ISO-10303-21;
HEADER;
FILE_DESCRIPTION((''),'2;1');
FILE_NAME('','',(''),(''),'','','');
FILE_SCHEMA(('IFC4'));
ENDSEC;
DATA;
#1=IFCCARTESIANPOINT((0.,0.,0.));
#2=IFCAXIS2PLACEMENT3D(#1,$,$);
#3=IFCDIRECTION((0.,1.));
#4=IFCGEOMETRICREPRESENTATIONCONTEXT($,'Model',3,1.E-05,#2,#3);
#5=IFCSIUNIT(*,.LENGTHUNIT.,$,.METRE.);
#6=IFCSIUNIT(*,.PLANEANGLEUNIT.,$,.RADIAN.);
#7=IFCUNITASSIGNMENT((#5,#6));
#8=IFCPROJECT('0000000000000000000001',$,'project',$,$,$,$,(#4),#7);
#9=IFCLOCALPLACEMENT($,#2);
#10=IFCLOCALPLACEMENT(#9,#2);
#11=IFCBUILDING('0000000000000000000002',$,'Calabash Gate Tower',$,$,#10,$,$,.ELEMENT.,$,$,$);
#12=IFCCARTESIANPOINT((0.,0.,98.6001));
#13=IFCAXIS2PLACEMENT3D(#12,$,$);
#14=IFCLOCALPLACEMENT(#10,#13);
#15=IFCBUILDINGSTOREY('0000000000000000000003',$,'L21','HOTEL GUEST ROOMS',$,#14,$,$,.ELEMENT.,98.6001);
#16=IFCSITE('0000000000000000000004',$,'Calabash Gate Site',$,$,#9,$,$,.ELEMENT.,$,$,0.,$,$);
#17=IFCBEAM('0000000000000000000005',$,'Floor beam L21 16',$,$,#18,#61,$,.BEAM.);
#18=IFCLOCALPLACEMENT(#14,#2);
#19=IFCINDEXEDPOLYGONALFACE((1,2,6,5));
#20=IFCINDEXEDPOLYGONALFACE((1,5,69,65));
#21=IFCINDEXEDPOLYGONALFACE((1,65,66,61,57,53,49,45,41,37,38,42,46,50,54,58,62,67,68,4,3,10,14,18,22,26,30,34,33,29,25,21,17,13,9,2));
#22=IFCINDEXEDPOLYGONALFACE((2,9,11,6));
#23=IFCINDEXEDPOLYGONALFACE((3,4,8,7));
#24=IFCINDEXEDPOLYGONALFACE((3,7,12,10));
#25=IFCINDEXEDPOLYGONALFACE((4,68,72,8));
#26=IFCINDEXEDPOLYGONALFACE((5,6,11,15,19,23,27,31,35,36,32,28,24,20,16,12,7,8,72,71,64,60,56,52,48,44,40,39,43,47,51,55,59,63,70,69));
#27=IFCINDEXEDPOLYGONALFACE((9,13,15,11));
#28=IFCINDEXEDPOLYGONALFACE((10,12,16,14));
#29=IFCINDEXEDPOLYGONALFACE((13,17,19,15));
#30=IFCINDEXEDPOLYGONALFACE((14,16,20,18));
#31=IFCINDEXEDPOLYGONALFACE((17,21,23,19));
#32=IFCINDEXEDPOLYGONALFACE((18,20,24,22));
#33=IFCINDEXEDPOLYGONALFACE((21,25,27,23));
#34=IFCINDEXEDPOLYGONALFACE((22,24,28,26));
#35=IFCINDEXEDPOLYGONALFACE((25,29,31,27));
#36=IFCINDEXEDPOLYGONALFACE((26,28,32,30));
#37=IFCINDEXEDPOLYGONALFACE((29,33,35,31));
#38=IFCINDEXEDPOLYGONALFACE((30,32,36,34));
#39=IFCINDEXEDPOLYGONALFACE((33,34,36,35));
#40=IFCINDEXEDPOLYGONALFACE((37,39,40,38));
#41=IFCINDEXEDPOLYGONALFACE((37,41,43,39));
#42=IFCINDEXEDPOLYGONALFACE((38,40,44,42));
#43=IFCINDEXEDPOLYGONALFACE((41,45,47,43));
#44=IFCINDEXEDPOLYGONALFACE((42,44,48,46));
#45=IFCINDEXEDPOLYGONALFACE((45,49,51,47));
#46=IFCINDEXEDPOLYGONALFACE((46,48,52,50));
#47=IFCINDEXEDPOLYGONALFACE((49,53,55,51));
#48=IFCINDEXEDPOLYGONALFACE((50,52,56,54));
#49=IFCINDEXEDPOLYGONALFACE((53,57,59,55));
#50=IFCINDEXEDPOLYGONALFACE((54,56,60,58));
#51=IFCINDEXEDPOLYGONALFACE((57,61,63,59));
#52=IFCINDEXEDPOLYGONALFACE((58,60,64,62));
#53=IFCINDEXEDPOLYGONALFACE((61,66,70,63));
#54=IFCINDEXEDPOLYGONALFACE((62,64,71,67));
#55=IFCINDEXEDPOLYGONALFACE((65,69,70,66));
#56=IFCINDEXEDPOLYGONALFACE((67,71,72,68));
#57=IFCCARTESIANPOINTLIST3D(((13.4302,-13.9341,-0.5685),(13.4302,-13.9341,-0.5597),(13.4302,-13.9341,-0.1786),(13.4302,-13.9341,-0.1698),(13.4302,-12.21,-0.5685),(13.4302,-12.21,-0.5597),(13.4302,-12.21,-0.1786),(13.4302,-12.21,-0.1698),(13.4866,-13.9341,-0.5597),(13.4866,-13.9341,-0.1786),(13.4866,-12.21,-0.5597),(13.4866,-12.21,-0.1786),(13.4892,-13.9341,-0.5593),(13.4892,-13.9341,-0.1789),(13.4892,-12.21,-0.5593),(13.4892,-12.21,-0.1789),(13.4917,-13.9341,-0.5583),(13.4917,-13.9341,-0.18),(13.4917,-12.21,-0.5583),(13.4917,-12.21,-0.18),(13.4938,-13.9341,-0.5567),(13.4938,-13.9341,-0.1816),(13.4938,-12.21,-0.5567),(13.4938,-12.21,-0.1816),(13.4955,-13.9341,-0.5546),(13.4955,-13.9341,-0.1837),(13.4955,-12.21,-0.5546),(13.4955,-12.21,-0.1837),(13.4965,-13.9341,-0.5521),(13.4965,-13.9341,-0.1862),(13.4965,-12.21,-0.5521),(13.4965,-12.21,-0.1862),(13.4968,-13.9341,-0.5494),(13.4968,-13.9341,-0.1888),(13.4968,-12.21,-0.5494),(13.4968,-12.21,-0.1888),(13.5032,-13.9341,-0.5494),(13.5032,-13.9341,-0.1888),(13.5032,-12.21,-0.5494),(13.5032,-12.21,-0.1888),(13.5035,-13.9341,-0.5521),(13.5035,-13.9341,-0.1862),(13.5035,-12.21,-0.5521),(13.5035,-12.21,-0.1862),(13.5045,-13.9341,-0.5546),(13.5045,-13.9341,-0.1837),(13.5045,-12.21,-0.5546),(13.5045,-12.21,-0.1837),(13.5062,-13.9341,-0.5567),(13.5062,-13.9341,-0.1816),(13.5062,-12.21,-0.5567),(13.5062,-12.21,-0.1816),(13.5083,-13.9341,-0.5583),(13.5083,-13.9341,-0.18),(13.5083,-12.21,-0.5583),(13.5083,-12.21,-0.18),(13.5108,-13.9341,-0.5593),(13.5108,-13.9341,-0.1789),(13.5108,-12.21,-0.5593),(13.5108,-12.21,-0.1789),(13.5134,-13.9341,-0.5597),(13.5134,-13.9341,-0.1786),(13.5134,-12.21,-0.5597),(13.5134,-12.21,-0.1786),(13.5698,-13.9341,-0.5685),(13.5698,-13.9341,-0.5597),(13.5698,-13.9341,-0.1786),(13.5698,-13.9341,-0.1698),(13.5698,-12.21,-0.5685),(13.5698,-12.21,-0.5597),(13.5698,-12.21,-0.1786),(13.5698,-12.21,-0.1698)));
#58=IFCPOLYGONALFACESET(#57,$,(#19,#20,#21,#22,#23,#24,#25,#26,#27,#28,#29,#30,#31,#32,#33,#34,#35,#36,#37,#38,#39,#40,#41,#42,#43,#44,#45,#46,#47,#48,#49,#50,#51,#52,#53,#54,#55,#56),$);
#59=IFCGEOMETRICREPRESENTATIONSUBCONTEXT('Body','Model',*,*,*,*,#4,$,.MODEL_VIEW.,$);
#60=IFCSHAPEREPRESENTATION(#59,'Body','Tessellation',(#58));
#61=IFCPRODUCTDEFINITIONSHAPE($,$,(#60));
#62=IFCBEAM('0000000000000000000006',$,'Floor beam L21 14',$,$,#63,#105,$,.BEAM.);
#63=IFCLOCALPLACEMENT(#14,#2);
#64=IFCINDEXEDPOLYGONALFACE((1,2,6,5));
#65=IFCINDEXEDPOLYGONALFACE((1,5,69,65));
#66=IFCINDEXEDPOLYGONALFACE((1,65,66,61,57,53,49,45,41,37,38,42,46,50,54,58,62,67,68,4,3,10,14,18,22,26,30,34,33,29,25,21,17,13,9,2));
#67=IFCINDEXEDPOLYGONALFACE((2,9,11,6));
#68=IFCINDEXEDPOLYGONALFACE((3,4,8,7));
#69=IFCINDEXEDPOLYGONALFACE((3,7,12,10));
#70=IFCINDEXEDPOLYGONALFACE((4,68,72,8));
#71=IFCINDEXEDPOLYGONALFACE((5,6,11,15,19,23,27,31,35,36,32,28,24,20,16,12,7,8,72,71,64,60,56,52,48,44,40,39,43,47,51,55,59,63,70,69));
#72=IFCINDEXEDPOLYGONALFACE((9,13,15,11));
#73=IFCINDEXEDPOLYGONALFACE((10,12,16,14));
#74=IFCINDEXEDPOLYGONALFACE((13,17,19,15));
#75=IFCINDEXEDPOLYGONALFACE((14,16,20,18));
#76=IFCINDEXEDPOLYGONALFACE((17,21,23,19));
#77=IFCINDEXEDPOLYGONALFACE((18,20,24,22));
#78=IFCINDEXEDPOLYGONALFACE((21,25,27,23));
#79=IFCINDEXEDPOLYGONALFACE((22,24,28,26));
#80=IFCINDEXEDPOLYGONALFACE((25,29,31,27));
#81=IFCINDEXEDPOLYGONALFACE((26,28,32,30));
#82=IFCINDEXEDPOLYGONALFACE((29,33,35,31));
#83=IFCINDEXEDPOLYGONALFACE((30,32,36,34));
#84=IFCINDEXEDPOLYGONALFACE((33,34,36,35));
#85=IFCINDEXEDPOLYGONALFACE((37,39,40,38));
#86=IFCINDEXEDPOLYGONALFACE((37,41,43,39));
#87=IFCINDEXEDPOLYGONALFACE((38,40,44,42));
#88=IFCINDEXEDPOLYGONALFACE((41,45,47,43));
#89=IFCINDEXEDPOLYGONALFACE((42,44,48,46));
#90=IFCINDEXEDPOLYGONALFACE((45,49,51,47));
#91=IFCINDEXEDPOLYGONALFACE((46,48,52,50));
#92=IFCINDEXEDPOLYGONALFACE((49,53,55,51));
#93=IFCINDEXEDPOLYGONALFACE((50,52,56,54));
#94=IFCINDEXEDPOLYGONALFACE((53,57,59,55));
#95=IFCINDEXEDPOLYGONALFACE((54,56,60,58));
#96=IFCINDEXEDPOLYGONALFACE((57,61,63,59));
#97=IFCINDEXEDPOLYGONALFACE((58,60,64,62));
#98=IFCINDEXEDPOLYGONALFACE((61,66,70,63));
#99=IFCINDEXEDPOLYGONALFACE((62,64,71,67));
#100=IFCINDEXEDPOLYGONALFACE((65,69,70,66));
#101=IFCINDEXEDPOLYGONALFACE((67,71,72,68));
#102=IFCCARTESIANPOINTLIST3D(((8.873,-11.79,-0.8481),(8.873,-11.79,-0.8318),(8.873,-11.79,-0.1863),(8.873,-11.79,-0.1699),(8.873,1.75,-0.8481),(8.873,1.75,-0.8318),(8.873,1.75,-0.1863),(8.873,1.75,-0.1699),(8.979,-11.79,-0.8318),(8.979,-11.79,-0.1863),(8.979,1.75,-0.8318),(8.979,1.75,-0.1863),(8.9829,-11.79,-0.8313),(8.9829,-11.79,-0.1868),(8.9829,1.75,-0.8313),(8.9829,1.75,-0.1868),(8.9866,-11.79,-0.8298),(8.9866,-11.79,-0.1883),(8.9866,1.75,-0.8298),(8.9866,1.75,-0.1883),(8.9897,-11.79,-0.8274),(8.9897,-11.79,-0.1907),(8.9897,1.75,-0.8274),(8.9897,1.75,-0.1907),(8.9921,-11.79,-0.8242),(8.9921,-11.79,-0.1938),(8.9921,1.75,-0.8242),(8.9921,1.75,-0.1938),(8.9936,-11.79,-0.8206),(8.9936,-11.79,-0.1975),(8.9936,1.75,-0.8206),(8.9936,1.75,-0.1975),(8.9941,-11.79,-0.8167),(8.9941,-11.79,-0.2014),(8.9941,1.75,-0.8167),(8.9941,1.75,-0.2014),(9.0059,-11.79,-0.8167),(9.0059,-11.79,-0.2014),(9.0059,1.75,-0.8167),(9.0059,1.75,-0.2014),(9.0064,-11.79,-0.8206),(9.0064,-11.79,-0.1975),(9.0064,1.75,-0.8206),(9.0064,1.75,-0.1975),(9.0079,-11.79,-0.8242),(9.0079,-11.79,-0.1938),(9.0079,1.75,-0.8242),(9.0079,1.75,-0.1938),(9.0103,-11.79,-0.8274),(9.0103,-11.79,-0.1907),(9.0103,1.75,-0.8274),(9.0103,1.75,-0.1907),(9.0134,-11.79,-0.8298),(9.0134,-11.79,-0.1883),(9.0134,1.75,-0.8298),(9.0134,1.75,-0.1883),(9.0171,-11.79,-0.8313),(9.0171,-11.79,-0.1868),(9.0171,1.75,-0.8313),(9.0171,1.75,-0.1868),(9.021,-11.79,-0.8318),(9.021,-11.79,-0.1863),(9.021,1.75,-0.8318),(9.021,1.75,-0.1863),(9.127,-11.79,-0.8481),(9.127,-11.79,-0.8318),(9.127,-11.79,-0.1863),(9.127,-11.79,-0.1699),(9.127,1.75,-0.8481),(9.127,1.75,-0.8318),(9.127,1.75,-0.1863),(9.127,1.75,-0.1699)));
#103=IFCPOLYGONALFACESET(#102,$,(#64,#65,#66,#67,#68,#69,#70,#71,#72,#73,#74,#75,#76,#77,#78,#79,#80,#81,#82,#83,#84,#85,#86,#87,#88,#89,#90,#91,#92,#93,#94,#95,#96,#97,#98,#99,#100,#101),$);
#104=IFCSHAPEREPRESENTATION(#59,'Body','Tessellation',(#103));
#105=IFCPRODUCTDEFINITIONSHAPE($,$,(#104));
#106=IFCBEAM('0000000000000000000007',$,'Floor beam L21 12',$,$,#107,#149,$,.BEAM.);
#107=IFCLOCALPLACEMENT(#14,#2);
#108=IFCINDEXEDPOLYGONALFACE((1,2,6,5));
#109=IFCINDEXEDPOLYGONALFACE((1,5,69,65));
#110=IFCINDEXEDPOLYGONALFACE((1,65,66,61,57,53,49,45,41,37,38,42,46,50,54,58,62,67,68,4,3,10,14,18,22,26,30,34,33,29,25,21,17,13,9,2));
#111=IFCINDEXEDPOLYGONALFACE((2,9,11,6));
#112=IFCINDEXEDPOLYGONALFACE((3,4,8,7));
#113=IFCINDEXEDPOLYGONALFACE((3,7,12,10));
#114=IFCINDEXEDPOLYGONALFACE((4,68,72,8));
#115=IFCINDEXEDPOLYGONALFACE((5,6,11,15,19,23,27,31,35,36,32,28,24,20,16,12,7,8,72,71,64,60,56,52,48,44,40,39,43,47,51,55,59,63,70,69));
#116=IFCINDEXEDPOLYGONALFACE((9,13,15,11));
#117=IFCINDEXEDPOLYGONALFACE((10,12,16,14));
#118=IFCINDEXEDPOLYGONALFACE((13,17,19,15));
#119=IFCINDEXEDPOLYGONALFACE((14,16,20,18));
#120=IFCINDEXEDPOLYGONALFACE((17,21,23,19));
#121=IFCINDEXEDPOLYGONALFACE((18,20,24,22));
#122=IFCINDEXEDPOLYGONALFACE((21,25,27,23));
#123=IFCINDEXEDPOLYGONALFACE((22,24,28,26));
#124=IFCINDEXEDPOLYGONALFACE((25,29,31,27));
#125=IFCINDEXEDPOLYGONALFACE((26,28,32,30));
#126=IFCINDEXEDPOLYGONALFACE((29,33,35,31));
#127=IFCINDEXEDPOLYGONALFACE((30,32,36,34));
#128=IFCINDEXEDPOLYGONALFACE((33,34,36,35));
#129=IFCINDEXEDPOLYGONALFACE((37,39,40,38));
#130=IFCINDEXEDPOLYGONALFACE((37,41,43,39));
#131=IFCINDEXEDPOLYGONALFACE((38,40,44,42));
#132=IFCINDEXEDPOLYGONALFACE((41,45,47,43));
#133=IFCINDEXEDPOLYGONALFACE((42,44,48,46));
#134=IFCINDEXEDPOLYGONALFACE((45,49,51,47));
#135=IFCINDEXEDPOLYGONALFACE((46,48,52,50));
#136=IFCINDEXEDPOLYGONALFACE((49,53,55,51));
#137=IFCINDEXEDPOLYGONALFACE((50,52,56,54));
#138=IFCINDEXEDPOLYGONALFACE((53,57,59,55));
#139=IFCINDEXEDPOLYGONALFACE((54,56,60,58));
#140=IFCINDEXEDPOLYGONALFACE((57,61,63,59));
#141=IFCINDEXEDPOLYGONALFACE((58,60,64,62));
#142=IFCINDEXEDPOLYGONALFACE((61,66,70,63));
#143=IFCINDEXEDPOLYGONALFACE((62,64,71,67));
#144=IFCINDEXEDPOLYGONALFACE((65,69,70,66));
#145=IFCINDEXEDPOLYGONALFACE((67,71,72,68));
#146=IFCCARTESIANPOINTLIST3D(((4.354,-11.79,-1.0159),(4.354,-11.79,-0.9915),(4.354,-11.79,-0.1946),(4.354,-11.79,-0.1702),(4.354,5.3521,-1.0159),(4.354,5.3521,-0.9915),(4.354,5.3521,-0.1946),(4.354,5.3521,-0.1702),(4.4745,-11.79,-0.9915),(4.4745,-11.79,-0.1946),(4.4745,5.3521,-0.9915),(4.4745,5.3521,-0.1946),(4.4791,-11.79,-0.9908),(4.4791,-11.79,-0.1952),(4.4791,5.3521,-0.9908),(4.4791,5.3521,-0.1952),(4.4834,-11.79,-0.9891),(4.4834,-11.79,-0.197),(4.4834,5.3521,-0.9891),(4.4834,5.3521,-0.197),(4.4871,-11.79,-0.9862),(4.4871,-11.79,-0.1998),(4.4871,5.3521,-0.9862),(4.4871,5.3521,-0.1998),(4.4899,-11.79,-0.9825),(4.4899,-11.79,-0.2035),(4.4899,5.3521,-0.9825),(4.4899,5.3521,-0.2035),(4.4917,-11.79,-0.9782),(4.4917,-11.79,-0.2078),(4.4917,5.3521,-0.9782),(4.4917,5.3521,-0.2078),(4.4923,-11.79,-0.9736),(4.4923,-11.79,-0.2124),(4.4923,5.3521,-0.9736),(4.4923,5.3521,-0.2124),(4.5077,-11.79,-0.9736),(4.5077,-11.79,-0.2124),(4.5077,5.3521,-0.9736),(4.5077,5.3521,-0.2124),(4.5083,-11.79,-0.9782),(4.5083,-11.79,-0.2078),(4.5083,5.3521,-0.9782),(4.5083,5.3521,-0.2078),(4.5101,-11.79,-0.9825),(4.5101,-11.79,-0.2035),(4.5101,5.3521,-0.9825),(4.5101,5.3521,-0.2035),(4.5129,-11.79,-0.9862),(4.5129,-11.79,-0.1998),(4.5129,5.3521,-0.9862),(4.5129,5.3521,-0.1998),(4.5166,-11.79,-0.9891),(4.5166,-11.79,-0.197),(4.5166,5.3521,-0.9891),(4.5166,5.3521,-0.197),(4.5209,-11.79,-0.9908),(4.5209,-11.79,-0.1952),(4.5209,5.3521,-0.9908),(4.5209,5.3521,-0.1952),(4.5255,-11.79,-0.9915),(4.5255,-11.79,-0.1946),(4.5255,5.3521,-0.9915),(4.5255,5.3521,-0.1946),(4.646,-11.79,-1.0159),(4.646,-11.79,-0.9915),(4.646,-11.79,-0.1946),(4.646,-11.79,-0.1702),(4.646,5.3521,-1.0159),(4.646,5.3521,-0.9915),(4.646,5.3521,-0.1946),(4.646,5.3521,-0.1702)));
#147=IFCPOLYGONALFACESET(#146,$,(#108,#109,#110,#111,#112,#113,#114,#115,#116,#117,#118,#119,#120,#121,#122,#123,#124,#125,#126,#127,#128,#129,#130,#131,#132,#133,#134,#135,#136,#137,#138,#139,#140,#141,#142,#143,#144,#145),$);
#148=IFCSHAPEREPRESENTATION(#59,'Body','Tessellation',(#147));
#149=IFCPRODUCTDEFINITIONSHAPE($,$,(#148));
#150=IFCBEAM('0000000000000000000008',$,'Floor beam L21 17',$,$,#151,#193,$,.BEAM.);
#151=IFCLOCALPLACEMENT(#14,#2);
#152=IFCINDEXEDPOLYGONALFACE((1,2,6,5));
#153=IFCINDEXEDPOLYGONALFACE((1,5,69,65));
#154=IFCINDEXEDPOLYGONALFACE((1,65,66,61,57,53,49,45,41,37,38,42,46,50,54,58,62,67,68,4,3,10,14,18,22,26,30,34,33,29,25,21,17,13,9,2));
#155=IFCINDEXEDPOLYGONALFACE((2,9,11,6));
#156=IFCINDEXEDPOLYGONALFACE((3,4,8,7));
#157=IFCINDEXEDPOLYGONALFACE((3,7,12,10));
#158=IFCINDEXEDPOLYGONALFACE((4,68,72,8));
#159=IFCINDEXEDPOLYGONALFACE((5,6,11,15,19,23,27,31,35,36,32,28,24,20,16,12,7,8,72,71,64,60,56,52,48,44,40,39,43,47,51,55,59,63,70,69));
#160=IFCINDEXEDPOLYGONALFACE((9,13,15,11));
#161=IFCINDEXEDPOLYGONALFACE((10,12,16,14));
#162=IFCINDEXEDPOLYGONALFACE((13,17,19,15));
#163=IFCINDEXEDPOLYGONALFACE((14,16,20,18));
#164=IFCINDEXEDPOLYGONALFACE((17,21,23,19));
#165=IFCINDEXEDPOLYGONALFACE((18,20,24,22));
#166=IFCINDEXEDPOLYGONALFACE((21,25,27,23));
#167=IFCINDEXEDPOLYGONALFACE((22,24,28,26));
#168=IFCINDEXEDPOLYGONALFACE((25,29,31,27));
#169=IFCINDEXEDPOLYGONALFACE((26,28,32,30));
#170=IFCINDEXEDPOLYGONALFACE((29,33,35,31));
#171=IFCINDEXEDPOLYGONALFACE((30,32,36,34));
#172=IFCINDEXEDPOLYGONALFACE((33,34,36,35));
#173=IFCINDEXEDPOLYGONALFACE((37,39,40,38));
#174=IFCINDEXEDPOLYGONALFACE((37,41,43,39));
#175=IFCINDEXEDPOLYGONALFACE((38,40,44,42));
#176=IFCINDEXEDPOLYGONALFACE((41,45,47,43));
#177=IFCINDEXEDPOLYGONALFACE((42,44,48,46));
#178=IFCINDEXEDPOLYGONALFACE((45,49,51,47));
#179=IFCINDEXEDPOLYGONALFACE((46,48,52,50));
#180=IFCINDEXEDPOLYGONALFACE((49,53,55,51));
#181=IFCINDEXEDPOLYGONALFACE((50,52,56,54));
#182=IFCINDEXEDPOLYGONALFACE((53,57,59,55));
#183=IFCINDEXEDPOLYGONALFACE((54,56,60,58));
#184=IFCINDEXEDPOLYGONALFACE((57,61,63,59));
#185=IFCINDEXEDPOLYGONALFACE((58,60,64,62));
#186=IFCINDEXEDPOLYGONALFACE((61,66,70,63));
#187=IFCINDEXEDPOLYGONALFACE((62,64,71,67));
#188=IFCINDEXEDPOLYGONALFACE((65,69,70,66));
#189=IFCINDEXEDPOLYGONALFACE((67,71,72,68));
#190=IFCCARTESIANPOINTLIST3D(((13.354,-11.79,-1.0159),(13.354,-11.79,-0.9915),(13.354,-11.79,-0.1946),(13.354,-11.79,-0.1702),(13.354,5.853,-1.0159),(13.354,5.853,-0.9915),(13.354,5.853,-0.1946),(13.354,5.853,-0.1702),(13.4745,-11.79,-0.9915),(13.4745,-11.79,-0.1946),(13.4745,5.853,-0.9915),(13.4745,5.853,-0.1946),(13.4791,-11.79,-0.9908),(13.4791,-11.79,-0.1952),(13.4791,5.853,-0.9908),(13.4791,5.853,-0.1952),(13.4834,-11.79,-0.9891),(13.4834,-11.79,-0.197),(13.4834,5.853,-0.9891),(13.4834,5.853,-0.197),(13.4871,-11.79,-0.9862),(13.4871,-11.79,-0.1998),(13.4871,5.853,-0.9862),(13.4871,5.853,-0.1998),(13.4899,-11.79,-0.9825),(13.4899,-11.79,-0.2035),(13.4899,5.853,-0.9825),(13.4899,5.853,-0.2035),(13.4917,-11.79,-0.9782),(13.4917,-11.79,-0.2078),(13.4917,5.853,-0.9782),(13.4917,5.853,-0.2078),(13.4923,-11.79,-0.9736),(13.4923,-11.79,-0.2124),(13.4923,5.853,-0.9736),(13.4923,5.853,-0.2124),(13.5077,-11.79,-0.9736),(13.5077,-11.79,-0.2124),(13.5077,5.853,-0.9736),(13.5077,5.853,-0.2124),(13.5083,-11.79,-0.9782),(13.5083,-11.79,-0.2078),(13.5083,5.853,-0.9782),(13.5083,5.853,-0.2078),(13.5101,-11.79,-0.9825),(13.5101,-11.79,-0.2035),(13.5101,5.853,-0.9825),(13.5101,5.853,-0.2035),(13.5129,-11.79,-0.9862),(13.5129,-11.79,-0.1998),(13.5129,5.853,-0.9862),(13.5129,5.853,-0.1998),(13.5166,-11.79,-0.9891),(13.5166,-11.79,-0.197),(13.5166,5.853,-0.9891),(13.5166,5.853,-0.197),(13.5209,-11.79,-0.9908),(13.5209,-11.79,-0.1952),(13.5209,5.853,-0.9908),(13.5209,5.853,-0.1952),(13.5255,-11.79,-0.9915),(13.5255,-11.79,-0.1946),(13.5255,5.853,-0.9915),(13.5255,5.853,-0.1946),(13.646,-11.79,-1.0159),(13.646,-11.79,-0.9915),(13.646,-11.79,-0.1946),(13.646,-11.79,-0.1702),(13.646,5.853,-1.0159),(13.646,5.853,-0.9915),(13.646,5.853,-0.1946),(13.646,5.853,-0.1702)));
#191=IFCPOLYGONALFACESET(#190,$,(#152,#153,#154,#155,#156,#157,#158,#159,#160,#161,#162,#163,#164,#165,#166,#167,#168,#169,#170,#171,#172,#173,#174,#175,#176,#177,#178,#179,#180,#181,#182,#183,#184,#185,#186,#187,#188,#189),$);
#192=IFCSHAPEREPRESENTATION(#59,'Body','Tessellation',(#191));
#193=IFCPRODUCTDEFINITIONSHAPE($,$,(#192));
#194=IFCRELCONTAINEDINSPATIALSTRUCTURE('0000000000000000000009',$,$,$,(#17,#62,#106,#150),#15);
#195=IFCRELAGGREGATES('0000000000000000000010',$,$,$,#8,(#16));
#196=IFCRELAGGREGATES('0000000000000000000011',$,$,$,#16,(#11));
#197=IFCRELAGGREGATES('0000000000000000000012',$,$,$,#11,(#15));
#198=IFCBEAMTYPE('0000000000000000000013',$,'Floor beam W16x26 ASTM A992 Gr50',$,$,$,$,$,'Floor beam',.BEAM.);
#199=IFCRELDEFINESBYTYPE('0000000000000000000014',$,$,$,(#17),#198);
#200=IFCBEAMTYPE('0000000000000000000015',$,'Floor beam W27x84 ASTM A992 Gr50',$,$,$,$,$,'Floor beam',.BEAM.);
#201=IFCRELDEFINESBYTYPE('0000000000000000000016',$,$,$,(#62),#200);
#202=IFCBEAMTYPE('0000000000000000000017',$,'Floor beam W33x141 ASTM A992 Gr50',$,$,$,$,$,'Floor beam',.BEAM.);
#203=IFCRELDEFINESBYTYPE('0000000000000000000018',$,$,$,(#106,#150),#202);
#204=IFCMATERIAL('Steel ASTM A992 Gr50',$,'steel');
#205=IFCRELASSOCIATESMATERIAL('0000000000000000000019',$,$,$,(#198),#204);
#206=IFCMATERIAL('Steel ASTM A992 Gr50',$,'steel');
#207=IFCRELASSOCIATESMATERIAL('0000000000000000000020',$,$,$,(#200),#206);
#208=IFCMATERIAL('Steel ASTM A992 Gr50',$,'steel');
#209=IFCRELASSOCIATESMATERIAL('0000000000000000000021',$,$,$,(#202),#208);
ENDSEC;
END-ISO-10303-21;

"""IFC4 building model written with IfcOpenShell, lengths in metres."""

from ifc_helpers import new_model, si_unit, direction, frame, origin, origin_2d, place, context, subcontext, project, spatial, i_section, extrude, material, material_profile, profile_set, type_object, element, save


model = new_model("IFC4")

# Units and contexts
model_context = context("Model", 3, precision=1e-05, world=origin(), true_north=direction((0.0, 1.0)))
body_context = subcontext(model_context, "Body", "Model", "MODEL_VIEW")
ifc_project = project(units=[si_unit("LENGTHUNIT", "METRE"), si_unit("PLANEANGLEUNIT", "RADIAN")], contexts=[model_context])

# Site, building, storey
site_placement = place(None, origin())
site = spatial("IfcSite", under=ifc_project, at=site_placement, Name="Calabash Gate Site", CompositionType="ELEMENT", RefElevation=0.0)
building_placement = place(site_placement, origin())
building = spatial("IfcBuilding", under=site, at=building_placement, Name="Calabash Gate Tower", CompositionType="ELEMENT")
storey_placement = place(building_placement, frame((0.0, 0.0, 98.6001)))
storey = spatial("IfcBuildingStorey", under=building, at=storey_placement, Name="L21", Description="HOTEL GUEST ROOMS", CompositionType="ELEMENT", Elevation=98.6001)

# Beams
ifc_material_1 = material(Name="Steel ASTM A992 Gr50", Category="steel")
ifc_material_profile_1 = material_profile(ifc_material_1, i_section(OverallWidth=0.1396, OverallDepth=0.3987, WebThickness=0.0063, FlangeThickness=0.0088, FilletRadius=0.0103, at=origin_2d()))
ifc_profile_set_1 = profile_set([ifc_material_profile_1], Name="Steel ASTM A992 Gr50")
beam_type_1 = type_object("IfcBeamType", Name="Floor beam W16x26 ASTM A992 Gr50", ElementType="Floor beam", PredefinedType="BEAM", material=ifc_profile_set_1)
beam_1_placement = place(storey_placement, frame((13.5, -13.9341, -0.3691), z_axis=(0.0, 1.0, 0.0), x_axis=(-1.0, 0.0, 0.0)))
element("IfcBeam", 1, at=beam_1_placement, inside=storey, type_object=beam_type_1, Name="Floor beam L21 16", PredefinedType="BEAM", context=body_context, shape_type="SweptSolid", body=[
    extrude(i_section(OverallWidth=0.1396, OverallDepth=0.3987, WebThickness=0.0063, FlangeThickness=0.0088, FilletRadius=0.0103, at=origin_2d()), origin(), (0.0, 0.0, 1.0), 1.7241),
])
ifc_material_2 = material(Name="Steel ASTM A992 Gr50", Category="steel")
ifc_material_profile_2 = material_profile(ifc_material_2, i_section(OverallWidth=0.2539, OverallDepth=0.6782, WebThickness=0.0117, FlangeThickness=0.0164, FilletRadius=0.0151, at=origin_2d()))
ifc_profile_set_2 = profile_set([ifc_material_profile_2], Name="Steel ASTM A992 Gr50")
beam_type_2 = type_object("IfcBeamType", Name="Floor beam W27x84 ASTM A992 Gr50", ElementType="Floor beam", PredefinedType="BEAM", material=ifc_profile_set_2)
beam_2_placement = place(storey_placement, frame((9.0, -11.79, -0.509), z_axis=(0.0, 1.0, 0.0), x_axis=(-1.0, 0.0, 0.0)))
element("IfcBeam", 2, at=beam_2_placement, inside=storey, type_object=beam_type_2, Name="Floor beam L21 14", PredefinedType="BEAM", context=body_context, shape_type="SweptSolid", body=[
    extrude(i_section(OverallWidth=0.2539, OverallDepth=0.6782, WebThickness=0.0117, FlangeThickness=0.0164, FilletRadius=0.0151, at=origin_2d()), origin(), (0.0, 0.0, 1.0), 13.54),
])
ifc_material_3 = material(Name="Steel ASTM A992 Gr50", Category="steel")
ifc_material_profile_3 = material_profile(ifc_material_3, i_section(OverallWidth=0.292, OverallDepth=0.8457, WebThickness=0.0154, FlangeThickness=0.0244, FilletRadius=0.0178, at=origin_2d()))
ifc_profile_set_3 = profile_set([ifc_material_profile_3], Name="Steel ASTM A992 Gr50")
beam_type_3 = type_object("IfcBeamType", Name="Floor beam W33x141 ASTM A992 Gr50", ElementType="Floor beam", PredefinedType="BEAM", material=ifc_profile_set_3)
beam_3_placement = place(storey_placement, frame((4.5, -11.79, -0.593), z_axis=(0.0, 1.0, 0.0), x_axis=(-1.0, 0.0, 0.0)))
element("IfcBeam", 3, at=beam_3_placement, inside=storey, type_object=beam_type_3, Name="Floor beam L21 12", PredefinedType="BEAM", context=body_context, shape_type="SweptSolid", body=[
    extrude(i_section(OverallWidth=0.292, OverallDepth=0.8457, WebThickness=0.0154, FlangeThickness=0.0244, FilletRadius=0.0178, at=origin_2d()), origin(), (0.0, 0.0, 1.0), 17.1421),
])
beam_4_placement = place(storey_placement, frame((13.5, -11.79, -0.593), z_axis=(0.0, 1.0, 0.0), x_axis=(-1.0, 0.0, 0.0)))
element("IfcBeam", 4, at=beam_4_placement, inside=storey, type_object=beam_type_3, Name="Floor beam L21 17", PredefinedType="BEAM", context=body_context, shape_type="SweptSolid", body=[
    extrude(i_section(OverallWidth=0.292, OverallDepth=0.8457, WebThickness=0.0154, FlangeThickness=0.0244, FilletRadius=0.0178, at=origin_2d()), origin(), (0.0, 0.0, 1.0), 17.6431),
])

save(model, "model.ifc")
